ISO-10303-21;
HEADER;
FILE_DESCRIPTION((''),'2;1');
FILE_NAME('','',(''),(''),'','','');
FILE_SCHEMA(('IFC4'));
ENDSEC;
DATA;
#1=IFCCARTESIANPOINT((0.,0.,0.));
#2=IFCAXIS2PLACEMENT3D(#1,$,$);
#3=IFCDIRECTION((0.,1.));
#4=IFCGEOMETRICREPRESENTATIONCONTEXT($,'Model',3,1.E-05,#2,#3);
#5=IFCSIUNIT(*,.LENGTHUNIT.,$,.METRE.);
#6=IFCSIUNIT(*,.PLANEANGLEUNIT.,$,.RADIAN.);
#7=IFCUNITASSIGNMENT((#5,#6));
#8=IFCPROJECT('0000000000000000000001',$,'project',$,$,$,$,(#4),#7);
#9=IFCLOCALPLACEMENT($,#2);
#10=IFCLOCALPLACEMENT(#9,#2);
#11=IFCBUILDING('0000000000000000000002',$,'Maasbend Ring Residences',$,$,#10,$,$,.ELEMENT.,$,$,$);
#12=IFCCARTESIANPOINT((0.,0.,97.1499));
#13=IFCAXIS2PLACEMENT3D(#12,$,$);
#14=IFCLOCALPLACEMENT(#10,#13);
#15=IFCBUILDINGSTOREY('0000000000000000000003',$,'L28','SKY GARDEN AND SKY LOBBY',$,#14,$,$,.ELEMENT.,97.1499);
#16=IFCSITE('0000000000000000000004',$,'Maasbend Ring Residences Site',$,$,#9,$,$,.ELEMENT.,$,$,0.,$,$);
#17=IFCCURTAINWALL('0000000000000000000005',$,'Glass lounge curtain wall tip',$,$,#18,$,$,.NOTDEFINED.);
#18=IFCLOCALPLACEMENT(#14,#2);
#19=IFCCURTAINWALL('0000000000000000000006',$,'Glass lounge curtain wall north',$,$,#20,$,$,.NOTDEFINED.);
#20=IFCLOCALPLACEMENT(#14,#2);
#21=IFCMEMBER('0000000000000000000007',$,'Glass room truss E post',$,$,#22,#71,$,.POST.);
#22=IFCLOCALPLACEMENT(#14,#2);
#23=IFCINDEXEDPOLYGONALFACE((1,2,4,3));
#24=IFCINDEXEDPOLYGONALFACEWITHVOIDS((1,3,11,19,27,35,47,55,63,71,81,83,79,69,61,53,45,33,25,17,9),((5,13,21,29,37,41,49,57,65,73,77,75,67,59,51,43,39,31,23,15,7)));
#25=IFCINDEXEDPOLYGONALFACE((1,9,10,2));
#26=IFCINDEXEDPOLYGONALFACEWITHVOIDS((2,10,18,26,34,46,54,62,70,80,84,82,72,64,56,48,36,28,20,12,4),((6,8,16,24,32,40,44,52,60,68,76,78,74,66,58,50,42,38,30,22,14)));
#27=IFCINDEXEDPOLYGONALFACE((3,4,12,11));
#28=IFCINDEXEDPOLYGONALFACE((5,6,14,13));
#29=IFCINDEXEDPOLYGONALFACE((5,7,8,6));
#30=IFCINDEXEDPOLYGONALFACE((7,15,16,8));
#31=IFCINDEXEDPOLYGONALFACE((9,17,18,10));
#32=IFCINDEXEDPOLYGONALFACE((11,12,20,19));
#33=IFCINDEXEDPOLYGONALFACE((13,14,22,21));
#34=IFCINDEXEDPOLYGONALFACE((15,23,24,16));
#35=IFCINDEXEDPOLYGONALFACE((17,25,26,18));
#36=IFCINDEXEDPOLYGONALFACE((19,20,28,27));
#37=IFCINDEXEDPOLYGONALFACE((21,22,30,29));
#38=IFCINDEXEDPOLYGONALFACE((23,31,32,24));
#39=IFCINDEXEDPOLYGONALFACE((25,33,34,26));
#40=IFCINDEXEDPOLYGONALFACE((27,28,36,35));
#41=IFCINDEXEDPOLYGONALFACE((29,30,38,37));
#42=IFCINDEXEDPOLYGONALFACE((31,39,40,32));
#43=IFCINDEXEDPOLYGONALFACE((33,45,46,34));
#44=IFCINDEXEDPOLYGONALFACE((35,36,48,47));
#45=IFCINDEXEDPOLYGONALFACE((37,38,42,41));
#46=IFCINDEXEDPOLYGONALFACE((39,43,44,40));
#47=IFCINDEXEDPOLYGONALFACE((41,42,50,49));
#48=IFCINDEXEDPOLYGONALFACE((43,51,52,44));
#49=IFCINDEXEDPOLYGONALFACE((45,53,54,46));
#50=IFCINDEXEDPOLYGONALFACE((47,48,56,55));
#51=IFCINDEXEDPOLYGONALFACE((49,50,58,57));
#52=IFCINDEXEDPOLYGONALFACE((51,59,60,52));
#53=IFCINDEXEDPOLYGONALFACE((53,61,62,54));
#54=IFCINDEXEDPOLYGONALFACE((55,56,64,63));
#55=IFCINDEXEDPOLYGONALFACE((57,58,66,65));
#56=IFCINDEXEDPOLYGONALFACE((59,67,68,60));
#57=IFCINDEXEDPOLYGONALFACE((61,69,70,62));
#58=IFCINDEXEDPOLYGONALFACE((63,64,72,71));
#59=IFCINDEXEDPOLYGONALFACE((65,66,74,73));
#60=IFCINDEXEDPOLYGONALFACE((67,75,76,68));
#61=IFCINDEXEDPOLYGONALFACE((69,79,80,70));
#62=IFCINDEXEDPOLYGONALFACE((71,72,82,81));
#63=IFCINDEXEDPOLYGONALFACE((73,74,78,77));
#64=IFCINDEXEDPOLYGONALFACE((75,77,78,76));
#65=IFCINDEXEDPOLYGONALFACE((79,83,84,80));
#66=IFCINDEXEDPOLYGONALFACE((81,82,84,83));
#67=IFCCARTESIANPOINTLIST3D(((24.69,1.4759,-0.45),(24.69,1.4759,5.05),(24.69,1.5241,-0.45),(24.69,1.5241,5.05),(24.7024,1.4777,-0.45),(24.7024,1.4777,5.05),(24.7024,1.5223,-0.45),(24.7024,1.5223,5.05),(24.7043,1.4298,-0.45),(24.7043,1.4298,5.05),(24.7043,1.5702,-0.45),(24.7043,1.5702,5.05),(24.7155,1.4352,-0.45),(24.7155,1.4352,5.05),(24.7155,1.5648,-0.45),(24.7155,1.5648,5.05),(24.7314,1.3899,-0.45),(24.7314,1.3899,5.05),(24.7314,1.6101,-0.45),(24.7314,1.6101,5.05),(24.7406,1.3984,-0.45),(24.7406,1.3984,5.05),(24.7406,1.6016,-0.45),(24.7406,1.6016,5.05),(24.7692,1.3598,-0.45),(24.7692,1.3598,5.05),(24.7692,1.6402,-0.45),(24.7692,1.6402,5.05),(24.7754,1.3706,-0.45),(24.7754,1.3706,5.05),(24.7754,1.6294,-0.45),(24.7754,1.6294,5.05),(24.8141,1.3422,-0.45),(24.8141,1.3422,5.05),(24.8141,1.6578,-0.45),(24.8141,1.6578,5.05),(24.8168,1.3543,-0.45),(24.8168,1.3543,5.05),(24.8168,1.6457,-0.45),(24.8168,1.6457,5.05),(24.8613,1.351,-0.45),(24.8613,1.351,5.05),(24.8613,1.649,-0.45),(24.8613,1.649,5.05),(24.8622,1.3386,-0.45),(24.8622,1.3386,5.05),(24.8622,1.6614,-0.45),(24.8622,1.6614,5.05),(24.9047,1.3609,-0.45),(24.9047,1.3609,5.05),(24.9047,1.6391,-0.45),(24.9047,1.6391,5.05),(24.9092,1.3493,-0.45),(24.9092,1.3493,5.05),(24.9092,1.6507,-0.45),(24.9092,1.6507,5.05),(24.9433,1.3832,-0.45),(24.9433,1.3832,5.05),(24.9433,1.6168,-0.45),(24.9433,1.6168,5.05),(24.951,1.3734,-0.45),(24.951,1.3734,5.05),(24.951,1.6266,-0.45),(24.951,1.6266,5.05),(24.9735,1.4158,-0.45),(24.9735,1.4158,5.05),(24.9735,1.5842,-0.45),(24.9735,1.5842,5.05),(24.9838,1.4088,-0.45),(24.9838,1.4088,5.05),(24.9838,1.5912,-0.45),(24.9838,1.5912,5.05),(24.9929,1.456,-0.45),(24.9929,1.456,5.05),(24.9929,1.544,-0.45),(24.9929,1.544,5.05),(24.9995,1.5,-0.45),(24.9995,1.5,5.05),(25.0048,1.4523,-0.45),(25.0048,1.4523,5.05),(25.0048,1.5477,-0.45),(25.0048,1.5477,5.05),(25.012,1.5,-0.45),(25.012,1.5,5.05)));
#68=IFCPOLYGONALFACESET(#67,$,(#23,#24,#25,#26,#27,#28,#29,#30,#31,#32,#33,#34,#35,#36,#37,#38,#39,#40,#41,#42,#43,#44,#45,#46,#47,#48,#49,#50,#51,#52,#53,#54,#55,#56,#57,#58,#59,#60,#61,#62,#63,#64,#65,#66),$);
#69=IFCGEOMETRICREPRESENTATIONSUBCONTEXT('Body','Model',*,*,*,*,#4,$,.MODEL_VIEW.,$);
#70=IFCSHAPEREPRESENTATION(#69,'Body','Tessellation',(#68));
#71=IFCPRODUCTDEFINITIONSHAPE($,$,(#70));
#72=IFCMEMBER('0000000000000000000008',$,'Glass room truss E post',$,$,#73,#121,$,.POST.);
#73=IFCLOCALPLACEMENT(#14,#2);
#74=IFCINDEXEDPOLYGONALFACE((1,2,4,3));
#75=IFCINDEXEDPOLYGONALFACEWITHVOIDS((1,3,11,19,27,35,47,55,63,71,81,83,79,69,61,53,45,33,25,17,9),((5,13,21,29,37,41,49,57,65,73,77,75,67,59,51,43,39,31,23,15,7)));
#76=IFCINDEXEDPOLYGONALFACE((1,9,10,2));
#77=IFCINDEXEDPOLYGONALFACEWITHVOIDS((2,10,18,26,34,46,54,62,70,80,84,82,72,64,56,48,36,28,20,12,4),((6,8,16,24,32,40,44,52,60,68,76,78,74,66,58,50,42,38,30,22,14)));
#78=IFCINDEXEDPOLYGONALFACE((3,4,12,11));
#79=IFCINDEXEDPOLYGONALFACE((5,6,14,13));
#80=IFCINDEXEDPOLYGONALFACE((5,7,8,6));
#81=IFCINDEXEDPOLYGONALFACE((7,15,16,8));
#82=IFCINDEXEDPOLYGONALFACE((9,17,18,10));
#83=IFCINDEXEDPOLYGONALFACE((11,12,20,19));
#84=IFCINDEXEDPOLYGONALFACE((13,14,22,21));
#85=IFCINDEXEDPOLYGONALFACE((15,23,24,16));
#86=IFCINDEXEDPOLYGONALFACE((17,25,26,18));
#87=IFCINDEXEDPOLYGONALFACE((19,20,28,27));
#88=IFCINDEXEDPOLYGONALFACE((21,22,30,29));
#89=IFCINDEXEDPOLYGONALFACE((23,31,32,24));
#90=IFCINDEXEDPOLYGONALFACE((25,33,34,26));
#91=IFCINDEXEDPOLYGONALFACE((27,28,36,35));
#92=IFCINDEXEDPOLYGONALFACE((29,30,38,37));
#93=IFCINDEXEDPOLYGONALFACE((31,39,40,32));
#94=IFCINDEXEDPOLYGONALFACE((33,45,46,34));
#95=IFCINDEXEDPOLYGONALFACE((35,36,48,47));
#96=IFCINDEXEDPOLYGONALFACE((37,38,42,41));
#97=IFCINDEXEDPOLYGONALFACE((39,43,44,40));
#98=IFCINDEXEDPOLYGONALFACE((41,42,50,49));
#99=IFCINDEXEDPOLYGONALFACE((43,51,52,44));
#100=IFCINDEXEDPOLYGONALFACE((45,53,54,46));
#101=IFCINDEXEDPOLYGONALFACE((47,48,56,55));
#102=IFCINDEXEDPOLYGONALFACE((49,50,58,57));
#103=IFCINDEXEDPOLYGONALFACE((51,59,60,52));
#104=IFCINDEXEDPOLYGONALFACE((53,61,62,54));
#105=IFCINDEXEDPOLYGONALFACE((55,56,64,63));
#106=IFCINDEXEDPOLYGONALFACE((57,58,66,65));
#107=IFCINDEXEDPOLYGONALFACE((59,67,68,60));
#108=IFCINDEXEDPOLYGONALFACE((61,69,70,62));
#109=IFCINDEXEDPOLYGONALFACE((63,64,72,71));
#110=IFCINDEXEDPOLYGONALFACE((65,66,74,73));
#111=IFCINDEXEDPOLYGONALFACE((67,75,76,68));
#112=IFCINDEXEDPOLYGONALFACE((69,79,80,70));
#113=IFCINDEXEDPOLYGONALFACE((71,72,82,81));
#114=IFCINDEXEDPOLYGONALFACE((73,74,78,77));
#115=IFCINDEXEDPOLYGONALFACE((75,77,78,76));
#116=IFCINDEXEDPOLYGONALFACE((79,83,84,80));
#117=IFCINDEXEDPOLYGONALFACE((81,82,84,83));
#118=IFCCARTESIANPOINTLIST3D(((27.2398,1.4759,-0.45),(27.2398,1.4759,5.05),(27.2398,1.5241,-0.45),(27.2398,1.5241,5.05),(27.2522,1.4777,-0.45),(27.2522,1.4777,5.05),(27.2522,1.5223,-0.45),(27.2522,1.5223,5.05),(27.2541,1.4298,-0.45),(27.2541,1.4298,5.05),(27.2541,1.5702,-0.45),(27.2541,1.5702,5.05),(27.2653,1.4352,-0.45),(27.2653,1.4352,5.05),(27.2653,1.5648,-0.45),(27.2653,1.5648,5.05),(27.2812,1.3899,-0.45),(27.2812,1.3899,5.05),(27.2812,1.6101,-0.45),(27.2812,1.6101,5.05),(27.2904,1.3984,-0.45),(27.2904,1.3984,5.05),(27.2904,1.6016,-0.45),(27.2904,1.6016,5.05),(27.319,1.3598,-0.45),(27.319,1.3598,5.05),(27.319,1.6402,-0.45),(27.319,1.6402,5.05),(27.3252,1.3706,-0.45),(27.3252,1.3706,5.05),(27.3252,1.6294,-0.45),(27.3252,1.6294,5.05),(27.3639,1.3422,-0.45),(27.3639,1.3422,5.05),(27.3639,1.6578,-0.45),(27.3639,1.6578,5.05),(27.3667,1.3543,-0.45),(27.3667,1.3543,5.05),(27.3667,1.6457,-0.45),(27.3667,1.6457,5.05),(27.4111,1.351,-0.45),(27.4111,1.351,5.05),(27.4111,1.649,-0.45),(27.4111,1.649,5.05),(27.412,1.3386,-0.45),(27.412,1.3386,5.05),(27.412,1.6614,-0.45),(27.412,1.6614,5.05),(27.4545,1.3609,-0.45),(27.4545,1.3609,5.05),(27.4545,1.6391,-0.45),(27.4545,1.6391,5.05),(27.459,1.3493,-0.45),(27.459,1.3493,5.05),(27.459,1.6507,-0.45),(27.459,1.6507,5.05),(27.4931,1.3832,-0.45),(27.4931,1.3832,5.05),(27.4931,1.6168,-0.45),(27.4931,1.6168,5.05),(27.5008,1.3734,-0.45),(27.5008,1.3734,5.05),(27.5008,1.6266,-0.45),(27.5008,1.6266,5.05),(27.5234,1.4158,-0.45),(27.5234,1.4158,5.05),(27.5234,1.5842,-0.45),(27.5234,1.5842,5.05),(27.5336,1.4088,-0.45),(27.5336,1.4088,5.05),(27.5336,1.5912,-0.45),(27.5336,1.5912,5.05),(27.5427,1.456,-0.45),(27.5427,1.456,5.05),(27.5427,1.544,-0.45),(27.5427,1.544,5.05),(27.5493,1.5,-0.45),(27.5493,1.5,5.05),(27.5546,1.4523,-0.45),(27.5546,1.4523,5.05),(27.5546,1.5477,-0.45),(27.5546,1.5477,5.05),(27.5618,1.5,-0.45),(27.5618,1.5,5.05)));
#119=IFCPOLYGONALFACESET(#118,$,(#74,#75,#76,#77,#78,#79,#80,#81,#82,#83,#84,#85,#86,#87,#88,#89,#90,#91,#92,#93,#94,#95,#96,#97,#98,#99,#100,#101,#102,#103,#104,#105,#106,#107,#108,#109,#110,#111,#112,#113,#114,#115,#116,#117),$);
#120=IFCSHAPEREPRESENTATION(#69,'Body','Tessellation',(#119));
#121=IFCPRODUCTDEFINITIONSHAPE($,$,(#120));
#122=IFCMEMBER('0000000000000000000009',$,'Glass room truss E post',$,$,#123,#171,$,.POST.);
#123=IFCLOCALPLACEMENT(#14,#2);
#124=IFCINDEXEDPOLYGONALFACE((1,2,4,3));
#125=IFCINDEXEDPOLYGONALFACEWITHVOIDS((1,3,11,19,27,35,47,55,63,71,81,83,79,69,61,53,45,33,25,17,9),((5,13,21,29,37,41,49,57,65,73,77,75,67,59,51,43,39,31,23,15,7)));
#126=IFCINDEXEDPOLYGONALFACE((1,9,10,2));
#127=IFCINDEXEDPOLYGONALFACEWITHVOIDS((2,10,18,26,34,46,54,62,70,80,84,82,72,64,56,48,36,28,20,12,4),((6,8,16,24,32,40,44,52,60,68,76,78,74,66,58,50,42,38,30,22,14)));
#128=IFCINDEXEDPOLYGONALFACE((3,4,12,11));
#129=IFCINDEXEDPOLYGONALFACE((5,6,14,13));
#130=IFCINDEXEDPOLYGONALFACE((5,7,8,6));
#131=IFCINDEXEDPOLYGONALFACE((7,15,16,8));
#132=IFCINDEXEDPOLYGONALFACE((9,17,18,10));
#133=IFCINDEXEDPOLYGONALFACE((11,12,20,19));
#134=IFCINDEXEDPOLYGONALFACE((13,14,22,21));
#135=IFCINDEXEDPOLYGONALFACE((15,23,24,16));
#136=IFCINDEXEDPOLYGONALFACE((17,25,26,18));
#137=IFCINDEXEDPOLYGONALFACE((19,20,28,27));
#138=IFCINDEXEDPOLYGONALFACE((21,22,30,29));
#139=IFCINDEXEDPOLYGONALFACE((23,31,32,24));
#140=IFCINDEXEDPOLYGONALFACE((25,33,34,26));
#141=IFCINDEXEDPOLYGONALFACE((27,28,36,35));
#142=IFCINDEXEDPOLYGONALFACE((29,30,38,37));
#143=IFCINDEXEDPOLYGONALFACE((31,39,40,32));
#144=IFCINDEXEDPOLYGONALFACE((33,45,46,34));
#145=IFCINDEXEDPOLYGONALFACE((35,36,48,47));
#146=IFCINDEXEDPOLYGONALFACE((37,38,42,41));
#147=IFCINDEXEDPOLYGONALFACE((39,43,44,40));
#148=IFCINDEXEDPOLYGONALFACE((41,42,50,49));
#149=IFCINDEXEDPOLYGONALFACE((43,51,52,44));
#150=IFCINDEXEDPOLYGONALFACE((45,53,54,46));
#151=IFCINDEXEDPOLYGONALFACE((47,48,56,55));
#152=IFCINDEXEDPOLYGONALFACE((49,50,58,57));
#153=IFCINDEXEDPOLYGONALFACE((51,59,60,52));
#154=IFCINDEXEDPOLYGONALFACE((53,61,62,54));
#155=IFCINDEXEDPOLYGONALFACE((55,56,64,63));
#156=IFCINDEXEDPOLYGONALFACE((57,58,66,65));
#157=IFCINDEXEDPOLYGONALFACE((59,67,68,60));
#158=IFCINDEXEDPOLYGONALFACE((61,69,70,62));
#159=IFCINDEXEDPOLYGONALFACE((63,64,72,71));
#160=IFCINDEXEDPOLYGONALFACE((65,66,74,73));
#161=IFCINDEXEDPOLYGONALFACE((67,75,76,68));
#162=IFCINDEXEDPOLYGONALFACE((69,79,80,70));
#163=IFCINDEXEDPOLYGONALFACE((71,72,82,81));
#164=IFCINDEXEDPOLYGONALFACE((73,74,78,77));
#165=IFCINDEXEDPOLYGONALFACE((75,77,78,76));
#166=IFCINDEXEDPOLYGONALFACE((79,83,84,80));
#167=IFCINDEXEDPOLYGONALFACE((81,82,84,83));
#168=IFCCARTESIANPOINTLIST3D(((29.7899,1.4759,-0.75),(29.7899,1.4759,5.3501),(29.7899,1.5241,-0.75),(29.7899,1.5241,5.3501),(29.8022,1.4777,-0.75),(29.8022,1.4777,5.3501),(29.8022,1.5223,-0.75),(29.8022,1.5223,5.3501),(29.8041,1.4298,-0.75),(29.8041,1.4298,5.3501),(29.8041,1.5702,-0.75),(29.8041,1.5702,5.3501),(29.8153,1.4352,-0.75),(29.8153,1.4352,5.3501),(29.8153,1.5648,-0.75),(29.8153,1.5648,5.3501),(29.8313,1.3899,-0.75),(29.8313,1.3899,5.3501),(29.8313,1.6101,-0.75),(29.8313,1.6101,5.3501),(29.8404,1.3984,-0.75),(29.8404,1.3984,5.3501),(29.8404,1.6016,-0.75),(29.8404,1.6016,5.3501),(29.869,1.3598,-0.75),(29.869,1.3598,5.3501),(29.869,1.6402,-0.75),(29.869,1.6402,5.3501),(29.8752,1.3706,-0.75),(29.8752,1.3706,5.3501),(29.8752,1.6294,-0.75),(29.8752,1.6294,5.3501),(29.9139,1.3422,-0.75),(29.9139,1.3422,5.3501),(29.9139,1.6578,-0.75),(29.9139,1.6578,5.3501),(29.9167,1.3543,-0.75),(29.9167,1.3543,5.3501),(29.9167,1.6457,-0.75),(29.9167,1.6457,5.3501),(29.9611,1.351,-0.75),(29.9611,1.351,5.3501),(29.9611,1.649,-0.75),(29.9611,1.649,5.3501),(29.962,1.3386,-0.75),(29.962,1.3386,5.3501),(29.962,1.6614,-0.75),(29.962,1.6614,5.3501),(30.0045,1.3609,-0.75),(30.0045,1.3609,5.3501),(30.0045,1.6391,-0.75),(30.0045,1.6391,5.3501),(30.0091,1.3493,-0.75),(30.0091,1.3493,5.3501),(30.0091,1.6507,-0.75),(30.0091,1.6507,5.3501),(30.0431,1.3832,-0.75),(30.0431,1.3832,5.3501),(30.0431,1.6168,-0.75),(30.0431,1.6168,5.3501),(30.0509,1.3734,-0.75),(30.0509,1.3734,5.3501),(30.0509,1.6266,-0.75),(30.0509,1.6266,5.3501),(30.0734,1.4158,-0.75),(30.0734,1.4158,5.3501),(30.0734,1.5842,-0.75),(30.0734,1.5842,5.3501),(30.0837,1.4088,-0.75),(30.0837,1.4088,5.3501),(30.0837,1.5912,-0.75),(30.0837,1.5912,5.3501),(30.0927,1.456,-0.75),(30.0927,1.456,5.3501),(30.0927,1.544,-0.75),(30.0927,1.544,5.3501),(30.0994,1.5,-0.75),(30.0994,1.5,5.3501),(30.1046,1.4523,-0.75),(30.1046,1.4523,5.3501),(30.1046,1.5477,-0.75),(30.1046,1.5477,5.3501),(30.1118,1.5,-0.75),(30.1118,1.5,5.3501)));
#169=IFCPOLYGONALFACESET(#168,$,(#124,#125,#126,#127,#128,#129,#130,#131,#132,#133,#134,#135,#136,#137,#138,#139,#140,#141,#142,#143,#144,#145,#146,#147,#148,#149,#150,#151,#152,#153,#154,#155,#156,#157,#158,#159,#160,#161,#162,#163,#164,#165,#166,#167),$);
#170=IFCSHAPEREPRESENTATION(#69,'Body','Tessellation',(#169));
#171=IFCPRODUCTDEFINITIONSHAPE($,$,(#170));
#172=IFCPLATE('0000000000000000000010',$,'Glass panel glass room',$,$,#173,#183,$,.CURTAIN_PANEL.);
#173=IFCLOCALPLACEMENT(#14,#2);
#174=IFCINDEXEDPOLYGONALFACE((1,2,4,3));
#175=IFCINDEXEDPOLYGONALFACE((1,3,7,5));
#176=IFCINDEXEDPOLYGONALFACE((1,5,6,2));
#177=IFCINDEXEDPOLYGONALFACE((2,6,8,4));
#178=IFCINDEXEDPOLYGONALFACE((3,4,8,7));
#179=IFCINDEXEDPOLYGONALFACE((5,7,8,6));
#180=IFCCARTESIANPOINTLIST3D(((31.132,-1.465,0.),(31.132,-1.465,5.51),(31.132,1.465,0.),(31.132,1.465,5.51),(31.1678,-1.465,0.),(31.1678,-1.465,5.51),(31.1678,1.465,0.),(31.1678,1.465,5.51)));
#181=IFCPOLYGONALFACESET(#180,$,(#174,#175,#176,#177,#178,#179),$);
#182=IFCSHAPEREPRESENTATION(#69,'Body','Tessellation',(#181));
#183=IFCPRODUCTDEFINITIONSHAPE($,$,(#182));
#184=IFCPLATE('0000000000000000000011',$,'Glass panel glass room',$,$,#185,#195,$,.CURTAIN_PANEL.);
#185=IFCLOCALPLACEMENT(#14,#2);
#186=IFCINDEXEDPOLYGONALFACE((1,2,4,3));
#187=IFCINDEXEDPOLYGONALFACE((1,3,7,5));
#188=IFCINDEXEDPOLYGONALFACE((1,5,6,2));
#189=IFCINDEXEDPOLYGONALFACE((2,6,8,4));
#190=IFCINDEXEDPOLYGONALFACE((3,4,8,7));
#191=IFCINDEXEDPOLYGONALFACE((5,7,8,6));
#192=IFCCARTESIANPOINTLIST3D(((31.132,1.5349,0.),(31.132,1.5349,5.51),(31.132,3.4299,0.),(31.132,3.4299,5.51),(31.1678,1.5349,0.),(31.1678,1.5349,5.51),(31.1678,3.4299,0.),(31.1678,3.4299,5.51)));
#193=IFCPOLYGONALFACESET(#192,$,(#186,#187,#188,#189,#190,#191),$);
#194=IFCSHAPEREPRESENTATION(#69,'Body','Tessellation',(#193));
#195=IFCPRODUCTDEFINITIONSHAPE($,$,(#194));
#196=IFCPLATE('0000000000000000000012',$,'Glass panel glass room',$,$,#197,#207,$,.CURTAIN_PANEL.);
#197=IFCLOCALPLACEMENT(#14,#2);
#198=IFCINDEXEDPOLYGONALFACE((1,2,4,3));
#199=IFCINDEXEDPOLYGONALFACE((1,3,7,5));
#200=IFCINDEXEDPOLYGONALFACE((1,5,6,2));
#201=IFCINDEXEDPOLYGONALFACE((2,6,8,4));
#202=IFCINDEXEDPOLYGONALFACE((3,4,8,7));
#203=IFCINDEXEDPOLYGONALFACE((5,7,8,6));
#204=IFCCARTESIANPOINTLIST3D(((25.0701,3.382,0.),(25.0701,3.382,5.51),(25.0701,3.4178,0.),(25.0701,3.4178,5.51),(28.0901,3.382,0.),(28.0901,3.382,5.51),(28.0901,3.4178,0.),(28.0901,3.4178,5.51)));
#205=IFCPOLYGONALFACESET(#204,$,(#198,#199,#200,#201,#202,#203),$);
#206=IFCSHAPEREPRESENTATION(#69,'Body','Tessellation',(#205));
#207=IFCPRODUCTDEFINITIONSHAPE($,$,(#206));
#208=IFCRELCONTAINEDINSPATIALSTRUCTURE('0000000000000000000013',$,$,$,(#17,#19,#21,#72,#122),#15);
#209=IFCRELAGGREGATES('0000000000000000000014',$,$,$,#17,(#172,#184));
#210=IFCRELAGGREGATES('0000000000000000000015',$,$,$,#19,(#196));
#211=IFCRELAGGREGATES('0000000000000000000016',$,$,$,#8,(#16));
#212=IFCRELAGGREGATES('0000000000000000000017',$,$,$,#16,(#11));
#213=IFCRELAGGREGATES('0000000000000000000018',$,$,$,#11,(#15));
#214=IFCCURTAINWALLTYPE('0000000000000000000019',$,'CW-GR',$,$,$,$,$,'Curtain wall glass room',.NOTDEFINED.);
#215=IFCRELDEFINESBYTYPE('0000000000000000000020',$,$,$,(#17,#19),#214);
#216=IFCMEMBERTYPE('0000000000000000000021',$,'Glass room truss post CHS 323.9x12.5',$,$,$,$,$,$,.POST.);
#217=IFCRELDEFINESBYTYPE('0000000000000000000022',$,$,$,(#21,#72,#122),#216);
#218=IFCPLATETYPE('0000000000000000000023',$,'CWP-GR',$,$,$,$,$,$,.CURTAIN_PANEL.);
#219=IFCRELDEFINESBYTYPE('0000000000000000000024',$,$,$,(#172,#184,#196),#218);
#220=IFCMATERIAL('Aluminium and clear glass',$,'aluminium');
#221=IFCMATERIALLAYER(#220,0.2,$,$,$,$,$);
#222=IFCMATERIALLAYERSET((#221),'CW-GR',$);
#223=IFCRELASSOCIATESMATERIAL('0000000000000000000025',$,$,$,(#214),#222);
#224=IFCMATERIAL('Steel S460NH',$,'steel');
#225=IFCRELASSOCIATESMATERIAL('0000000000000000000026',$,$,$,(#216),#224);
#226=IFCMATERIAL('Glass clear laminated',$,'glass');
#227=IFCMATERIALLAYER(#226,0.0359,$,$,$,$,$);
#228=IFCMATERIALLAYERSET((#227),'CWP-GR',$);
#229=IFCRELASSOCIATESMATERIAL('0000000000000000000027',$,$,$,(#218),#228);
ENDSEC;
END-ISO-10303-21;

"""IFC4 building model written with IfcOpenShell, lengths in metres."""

from ifc_helpers import new_model, si_unit, direction, frame, origin, origin_2d, place, context, subcontext, project, spatial, rectangle, hollow_circle, extrude, material, layer, layer_set, material_profile, profile_set, type_object, element, aggregate, save


model = new_model("IFC4")

# Units and contexts
model_context = context("Model", 3, precision=1e-05, world=origin(), true_north=direction((0.0, 1.0)))
body_context = subcontext(model_context, "Body", "Model", "MODEL_VIEW")
ifc_project = project(units=[si_unit("LENGTHUNIT", "METRE"), si_unit("PLANEANGLEUNIT", "RADIAN")], contexts=[model_context])

# Site, building, storey
site_placement = place(None, origin())
site = spatial("IfcSite", under=ifc_project, at=site_placement, Name="Maasbend Ring Residences Site", CompositionType="ELEMENT", RefElevation=0.0)
building_placement = place(site_placement, origin())
building = spatial("IfcBuilding", under=site, at=building_placement, Name="Maasbend Ring Residences", CompositionType="ELEMENT")
storey_placement = place(building_placement, frame((0.0, 0.0, 97.1499)))
storey = spatial("IfcBuildingStorey", under=building, at=storey_placement, Name="L28", Description="SKY GARDEN AND SKY LOBBY", CompositionType="ELEMENT", Elevation=97.1499)

# Curtain walls
ifc_material_1 = material(Name="Aluminium and clear glass", Category="aluminium")
ifc_layer_1 = layer(ifc_material_1, 0.2)
ifc_layer_set_1 = layer_set([ifc_layer_1], Name="CW-GR")
curtain_wall_type = type_object("IfcCurtainWallType", Name="CW-GR", ElementType="Curtain wall glass room", PredefinedType="NOTDEFINED", material=ifc_layer_set_1)
curtain_wall_1_placement = place(storey_placement, origin())
curtain_wall_1 = element("IfcCurtainWall", 1, at=curtain_wall_1_placement, inside=storey, type_object=curtain_wall_type, Name="Glass lounge curtain wall tip", PredefinedType="NOTDEFINED")
curtain_wall_2_placement = place(storey_placement, origin())
curtain_wall_2 = element("IfcCurtainWall", 2, at=curtain_wall_2_placement, inside=storey, type_object=curtain_wall_type, Name="Glass lounge curtain wall north", PredefinedType="NOTDEFINED")

# Members
ifc_material_2 = material(Name="Steel S460NH", Category="steel")
ifc_material_profile_1 = material_profile(ifc_material_2, hollow_circle(Radius=0.1619, WallThickness=0.0125, at=origin_2d()), Name="Glass room truss post CHS 323.9x12.5")
ifc_profile_set_1 = profile_set([ifc_material_profile_1], Name="Steel S460NH")
member_type_1 = type_object("IfcMemberType", Name="Glass room truss post CHS 323.9x12.5", PredefinedType="POST", material=ifc_profile_set_1)
for number, where, z_axis, x_axis, name in (
    (3, (24.8501, 1.5, -0.45), (0.0, 0.0, 1.0), (1.0, 0.0, 0.0), "Glass room truss E post"),
    (4, (27.3999, 1.5, -0.45), (0.0, 0.0, 1.0), (1.0, 0.0, 0.0), "Glass room truss E post"),
):
    element("IfcMember", number, at=place(storey_placement, frame(where, z_axis=z_axis, x_axis=x_axis)), inside=storey, type_object=member_type_1, Name=name, PredefinedType="POST", context=body_context, shape_type="SweptSolid", body=[
        extrude(hollow_circle(Radius=0.1619, WallThickness=0.0125, at=origin_2d()), origin(), (0.0, 0.0, 1.0), 5.5),
    ])
member_1_placement = place(storey_placement, frame((29.95, 1.5, -0.75), z_axis=(0.0, 0.0, 1.0), x_axis=(1.0, 0.0, 0.0)))
element("IfcMember", 5, at=member_1_placement, inside=storey, type_object=member_type_1, Name="Glass room truss E post", PredefinedType="POST", context=body_context, shape_type="SweptSolid", body=[
    extrude(hollow_circle(Radius=0.1619, WallThickness=0.0125, at=origin_2d()), origin(), (0.0, 0.0, 1.0), 6.1001),
])

# Plates
ifc_material_3 = material(Name="Glass clear laminated", Category="glass")
ifc_layer_2 = layer(ifc_material_3, 0.0359)
ifc_layer_set_2 = layer_set([ifc_layer_2], Name="CWP-GR")
plate_type = type_object("IfcPlateType", Name="CWP-GR", PredefinedType="CURTAIN_PANEL", material=ifc_layer_set_2)
plate_1_placement = place(storey_placement, frame((31.1499, 0.0, 0.0), z_axis=(0.0, 0.0, 1.0), x_axis=(0.0, 1.0, 0.0)))
plate_1 = element("IfcPlate", 6, at=plate_1_placement, type_object=plate_type, Name="Glass panel glass room", PredefinedType="CURTAIN_PANEL", context=body_context, shape_type="SweptSolid", body=[
    extrude(rectangle(XDim=2.9299, YDim=0.0359, at=origin_2d()), origin(), (0.0, 0.0, 1.0), 5.51),
])
plate_2_placement = place(storey_placement, frame((31.1499, 2.4824, 0.0), z_axis=(0.0, 0.0, 1.0), x_axis=(0.0, 1.0, 0.0)))
plate_2 = element("IfcPlate", 7, at=plate_2_placement, type_object=plate_type, Name="Glass panel glass room", PredefinedType="CURTAIN_PANEL", context=body_context, shape_type="SweptSolid", body=[
    extrude(rectangle(XDim=1.895, YDim=0.0359, at=origin_2d()), origin(), (0.0, 0.0, 1.0), 5.51),
])
aggregate(curtain_wall_1, [plate_1, plate_2])
plate_3_placement = place(storey_placement, frame((26.5801, 3.3999, 0.0), z_axis=(0.0, 0.0, 1.0), x_axis=(1.0, 0.0, 0.0)))
plate_3 = element("IfcPlate", 8, at=plate_3_placement, type_object=plate_type, Name="Glass panel glass room", PredefinedType="CURTAIN_PANEL", context=body_context, shape_type="SweptSolid", body=[
    extrude(rectangle(XDim=3.02, YDim=0.0359, at=origin_2d()), origin(), (0.0, 0.0, 1.0), 5.51),
])
aggregate(curtain_wall_2, [plate_3])

save(model, "model.ifc")
